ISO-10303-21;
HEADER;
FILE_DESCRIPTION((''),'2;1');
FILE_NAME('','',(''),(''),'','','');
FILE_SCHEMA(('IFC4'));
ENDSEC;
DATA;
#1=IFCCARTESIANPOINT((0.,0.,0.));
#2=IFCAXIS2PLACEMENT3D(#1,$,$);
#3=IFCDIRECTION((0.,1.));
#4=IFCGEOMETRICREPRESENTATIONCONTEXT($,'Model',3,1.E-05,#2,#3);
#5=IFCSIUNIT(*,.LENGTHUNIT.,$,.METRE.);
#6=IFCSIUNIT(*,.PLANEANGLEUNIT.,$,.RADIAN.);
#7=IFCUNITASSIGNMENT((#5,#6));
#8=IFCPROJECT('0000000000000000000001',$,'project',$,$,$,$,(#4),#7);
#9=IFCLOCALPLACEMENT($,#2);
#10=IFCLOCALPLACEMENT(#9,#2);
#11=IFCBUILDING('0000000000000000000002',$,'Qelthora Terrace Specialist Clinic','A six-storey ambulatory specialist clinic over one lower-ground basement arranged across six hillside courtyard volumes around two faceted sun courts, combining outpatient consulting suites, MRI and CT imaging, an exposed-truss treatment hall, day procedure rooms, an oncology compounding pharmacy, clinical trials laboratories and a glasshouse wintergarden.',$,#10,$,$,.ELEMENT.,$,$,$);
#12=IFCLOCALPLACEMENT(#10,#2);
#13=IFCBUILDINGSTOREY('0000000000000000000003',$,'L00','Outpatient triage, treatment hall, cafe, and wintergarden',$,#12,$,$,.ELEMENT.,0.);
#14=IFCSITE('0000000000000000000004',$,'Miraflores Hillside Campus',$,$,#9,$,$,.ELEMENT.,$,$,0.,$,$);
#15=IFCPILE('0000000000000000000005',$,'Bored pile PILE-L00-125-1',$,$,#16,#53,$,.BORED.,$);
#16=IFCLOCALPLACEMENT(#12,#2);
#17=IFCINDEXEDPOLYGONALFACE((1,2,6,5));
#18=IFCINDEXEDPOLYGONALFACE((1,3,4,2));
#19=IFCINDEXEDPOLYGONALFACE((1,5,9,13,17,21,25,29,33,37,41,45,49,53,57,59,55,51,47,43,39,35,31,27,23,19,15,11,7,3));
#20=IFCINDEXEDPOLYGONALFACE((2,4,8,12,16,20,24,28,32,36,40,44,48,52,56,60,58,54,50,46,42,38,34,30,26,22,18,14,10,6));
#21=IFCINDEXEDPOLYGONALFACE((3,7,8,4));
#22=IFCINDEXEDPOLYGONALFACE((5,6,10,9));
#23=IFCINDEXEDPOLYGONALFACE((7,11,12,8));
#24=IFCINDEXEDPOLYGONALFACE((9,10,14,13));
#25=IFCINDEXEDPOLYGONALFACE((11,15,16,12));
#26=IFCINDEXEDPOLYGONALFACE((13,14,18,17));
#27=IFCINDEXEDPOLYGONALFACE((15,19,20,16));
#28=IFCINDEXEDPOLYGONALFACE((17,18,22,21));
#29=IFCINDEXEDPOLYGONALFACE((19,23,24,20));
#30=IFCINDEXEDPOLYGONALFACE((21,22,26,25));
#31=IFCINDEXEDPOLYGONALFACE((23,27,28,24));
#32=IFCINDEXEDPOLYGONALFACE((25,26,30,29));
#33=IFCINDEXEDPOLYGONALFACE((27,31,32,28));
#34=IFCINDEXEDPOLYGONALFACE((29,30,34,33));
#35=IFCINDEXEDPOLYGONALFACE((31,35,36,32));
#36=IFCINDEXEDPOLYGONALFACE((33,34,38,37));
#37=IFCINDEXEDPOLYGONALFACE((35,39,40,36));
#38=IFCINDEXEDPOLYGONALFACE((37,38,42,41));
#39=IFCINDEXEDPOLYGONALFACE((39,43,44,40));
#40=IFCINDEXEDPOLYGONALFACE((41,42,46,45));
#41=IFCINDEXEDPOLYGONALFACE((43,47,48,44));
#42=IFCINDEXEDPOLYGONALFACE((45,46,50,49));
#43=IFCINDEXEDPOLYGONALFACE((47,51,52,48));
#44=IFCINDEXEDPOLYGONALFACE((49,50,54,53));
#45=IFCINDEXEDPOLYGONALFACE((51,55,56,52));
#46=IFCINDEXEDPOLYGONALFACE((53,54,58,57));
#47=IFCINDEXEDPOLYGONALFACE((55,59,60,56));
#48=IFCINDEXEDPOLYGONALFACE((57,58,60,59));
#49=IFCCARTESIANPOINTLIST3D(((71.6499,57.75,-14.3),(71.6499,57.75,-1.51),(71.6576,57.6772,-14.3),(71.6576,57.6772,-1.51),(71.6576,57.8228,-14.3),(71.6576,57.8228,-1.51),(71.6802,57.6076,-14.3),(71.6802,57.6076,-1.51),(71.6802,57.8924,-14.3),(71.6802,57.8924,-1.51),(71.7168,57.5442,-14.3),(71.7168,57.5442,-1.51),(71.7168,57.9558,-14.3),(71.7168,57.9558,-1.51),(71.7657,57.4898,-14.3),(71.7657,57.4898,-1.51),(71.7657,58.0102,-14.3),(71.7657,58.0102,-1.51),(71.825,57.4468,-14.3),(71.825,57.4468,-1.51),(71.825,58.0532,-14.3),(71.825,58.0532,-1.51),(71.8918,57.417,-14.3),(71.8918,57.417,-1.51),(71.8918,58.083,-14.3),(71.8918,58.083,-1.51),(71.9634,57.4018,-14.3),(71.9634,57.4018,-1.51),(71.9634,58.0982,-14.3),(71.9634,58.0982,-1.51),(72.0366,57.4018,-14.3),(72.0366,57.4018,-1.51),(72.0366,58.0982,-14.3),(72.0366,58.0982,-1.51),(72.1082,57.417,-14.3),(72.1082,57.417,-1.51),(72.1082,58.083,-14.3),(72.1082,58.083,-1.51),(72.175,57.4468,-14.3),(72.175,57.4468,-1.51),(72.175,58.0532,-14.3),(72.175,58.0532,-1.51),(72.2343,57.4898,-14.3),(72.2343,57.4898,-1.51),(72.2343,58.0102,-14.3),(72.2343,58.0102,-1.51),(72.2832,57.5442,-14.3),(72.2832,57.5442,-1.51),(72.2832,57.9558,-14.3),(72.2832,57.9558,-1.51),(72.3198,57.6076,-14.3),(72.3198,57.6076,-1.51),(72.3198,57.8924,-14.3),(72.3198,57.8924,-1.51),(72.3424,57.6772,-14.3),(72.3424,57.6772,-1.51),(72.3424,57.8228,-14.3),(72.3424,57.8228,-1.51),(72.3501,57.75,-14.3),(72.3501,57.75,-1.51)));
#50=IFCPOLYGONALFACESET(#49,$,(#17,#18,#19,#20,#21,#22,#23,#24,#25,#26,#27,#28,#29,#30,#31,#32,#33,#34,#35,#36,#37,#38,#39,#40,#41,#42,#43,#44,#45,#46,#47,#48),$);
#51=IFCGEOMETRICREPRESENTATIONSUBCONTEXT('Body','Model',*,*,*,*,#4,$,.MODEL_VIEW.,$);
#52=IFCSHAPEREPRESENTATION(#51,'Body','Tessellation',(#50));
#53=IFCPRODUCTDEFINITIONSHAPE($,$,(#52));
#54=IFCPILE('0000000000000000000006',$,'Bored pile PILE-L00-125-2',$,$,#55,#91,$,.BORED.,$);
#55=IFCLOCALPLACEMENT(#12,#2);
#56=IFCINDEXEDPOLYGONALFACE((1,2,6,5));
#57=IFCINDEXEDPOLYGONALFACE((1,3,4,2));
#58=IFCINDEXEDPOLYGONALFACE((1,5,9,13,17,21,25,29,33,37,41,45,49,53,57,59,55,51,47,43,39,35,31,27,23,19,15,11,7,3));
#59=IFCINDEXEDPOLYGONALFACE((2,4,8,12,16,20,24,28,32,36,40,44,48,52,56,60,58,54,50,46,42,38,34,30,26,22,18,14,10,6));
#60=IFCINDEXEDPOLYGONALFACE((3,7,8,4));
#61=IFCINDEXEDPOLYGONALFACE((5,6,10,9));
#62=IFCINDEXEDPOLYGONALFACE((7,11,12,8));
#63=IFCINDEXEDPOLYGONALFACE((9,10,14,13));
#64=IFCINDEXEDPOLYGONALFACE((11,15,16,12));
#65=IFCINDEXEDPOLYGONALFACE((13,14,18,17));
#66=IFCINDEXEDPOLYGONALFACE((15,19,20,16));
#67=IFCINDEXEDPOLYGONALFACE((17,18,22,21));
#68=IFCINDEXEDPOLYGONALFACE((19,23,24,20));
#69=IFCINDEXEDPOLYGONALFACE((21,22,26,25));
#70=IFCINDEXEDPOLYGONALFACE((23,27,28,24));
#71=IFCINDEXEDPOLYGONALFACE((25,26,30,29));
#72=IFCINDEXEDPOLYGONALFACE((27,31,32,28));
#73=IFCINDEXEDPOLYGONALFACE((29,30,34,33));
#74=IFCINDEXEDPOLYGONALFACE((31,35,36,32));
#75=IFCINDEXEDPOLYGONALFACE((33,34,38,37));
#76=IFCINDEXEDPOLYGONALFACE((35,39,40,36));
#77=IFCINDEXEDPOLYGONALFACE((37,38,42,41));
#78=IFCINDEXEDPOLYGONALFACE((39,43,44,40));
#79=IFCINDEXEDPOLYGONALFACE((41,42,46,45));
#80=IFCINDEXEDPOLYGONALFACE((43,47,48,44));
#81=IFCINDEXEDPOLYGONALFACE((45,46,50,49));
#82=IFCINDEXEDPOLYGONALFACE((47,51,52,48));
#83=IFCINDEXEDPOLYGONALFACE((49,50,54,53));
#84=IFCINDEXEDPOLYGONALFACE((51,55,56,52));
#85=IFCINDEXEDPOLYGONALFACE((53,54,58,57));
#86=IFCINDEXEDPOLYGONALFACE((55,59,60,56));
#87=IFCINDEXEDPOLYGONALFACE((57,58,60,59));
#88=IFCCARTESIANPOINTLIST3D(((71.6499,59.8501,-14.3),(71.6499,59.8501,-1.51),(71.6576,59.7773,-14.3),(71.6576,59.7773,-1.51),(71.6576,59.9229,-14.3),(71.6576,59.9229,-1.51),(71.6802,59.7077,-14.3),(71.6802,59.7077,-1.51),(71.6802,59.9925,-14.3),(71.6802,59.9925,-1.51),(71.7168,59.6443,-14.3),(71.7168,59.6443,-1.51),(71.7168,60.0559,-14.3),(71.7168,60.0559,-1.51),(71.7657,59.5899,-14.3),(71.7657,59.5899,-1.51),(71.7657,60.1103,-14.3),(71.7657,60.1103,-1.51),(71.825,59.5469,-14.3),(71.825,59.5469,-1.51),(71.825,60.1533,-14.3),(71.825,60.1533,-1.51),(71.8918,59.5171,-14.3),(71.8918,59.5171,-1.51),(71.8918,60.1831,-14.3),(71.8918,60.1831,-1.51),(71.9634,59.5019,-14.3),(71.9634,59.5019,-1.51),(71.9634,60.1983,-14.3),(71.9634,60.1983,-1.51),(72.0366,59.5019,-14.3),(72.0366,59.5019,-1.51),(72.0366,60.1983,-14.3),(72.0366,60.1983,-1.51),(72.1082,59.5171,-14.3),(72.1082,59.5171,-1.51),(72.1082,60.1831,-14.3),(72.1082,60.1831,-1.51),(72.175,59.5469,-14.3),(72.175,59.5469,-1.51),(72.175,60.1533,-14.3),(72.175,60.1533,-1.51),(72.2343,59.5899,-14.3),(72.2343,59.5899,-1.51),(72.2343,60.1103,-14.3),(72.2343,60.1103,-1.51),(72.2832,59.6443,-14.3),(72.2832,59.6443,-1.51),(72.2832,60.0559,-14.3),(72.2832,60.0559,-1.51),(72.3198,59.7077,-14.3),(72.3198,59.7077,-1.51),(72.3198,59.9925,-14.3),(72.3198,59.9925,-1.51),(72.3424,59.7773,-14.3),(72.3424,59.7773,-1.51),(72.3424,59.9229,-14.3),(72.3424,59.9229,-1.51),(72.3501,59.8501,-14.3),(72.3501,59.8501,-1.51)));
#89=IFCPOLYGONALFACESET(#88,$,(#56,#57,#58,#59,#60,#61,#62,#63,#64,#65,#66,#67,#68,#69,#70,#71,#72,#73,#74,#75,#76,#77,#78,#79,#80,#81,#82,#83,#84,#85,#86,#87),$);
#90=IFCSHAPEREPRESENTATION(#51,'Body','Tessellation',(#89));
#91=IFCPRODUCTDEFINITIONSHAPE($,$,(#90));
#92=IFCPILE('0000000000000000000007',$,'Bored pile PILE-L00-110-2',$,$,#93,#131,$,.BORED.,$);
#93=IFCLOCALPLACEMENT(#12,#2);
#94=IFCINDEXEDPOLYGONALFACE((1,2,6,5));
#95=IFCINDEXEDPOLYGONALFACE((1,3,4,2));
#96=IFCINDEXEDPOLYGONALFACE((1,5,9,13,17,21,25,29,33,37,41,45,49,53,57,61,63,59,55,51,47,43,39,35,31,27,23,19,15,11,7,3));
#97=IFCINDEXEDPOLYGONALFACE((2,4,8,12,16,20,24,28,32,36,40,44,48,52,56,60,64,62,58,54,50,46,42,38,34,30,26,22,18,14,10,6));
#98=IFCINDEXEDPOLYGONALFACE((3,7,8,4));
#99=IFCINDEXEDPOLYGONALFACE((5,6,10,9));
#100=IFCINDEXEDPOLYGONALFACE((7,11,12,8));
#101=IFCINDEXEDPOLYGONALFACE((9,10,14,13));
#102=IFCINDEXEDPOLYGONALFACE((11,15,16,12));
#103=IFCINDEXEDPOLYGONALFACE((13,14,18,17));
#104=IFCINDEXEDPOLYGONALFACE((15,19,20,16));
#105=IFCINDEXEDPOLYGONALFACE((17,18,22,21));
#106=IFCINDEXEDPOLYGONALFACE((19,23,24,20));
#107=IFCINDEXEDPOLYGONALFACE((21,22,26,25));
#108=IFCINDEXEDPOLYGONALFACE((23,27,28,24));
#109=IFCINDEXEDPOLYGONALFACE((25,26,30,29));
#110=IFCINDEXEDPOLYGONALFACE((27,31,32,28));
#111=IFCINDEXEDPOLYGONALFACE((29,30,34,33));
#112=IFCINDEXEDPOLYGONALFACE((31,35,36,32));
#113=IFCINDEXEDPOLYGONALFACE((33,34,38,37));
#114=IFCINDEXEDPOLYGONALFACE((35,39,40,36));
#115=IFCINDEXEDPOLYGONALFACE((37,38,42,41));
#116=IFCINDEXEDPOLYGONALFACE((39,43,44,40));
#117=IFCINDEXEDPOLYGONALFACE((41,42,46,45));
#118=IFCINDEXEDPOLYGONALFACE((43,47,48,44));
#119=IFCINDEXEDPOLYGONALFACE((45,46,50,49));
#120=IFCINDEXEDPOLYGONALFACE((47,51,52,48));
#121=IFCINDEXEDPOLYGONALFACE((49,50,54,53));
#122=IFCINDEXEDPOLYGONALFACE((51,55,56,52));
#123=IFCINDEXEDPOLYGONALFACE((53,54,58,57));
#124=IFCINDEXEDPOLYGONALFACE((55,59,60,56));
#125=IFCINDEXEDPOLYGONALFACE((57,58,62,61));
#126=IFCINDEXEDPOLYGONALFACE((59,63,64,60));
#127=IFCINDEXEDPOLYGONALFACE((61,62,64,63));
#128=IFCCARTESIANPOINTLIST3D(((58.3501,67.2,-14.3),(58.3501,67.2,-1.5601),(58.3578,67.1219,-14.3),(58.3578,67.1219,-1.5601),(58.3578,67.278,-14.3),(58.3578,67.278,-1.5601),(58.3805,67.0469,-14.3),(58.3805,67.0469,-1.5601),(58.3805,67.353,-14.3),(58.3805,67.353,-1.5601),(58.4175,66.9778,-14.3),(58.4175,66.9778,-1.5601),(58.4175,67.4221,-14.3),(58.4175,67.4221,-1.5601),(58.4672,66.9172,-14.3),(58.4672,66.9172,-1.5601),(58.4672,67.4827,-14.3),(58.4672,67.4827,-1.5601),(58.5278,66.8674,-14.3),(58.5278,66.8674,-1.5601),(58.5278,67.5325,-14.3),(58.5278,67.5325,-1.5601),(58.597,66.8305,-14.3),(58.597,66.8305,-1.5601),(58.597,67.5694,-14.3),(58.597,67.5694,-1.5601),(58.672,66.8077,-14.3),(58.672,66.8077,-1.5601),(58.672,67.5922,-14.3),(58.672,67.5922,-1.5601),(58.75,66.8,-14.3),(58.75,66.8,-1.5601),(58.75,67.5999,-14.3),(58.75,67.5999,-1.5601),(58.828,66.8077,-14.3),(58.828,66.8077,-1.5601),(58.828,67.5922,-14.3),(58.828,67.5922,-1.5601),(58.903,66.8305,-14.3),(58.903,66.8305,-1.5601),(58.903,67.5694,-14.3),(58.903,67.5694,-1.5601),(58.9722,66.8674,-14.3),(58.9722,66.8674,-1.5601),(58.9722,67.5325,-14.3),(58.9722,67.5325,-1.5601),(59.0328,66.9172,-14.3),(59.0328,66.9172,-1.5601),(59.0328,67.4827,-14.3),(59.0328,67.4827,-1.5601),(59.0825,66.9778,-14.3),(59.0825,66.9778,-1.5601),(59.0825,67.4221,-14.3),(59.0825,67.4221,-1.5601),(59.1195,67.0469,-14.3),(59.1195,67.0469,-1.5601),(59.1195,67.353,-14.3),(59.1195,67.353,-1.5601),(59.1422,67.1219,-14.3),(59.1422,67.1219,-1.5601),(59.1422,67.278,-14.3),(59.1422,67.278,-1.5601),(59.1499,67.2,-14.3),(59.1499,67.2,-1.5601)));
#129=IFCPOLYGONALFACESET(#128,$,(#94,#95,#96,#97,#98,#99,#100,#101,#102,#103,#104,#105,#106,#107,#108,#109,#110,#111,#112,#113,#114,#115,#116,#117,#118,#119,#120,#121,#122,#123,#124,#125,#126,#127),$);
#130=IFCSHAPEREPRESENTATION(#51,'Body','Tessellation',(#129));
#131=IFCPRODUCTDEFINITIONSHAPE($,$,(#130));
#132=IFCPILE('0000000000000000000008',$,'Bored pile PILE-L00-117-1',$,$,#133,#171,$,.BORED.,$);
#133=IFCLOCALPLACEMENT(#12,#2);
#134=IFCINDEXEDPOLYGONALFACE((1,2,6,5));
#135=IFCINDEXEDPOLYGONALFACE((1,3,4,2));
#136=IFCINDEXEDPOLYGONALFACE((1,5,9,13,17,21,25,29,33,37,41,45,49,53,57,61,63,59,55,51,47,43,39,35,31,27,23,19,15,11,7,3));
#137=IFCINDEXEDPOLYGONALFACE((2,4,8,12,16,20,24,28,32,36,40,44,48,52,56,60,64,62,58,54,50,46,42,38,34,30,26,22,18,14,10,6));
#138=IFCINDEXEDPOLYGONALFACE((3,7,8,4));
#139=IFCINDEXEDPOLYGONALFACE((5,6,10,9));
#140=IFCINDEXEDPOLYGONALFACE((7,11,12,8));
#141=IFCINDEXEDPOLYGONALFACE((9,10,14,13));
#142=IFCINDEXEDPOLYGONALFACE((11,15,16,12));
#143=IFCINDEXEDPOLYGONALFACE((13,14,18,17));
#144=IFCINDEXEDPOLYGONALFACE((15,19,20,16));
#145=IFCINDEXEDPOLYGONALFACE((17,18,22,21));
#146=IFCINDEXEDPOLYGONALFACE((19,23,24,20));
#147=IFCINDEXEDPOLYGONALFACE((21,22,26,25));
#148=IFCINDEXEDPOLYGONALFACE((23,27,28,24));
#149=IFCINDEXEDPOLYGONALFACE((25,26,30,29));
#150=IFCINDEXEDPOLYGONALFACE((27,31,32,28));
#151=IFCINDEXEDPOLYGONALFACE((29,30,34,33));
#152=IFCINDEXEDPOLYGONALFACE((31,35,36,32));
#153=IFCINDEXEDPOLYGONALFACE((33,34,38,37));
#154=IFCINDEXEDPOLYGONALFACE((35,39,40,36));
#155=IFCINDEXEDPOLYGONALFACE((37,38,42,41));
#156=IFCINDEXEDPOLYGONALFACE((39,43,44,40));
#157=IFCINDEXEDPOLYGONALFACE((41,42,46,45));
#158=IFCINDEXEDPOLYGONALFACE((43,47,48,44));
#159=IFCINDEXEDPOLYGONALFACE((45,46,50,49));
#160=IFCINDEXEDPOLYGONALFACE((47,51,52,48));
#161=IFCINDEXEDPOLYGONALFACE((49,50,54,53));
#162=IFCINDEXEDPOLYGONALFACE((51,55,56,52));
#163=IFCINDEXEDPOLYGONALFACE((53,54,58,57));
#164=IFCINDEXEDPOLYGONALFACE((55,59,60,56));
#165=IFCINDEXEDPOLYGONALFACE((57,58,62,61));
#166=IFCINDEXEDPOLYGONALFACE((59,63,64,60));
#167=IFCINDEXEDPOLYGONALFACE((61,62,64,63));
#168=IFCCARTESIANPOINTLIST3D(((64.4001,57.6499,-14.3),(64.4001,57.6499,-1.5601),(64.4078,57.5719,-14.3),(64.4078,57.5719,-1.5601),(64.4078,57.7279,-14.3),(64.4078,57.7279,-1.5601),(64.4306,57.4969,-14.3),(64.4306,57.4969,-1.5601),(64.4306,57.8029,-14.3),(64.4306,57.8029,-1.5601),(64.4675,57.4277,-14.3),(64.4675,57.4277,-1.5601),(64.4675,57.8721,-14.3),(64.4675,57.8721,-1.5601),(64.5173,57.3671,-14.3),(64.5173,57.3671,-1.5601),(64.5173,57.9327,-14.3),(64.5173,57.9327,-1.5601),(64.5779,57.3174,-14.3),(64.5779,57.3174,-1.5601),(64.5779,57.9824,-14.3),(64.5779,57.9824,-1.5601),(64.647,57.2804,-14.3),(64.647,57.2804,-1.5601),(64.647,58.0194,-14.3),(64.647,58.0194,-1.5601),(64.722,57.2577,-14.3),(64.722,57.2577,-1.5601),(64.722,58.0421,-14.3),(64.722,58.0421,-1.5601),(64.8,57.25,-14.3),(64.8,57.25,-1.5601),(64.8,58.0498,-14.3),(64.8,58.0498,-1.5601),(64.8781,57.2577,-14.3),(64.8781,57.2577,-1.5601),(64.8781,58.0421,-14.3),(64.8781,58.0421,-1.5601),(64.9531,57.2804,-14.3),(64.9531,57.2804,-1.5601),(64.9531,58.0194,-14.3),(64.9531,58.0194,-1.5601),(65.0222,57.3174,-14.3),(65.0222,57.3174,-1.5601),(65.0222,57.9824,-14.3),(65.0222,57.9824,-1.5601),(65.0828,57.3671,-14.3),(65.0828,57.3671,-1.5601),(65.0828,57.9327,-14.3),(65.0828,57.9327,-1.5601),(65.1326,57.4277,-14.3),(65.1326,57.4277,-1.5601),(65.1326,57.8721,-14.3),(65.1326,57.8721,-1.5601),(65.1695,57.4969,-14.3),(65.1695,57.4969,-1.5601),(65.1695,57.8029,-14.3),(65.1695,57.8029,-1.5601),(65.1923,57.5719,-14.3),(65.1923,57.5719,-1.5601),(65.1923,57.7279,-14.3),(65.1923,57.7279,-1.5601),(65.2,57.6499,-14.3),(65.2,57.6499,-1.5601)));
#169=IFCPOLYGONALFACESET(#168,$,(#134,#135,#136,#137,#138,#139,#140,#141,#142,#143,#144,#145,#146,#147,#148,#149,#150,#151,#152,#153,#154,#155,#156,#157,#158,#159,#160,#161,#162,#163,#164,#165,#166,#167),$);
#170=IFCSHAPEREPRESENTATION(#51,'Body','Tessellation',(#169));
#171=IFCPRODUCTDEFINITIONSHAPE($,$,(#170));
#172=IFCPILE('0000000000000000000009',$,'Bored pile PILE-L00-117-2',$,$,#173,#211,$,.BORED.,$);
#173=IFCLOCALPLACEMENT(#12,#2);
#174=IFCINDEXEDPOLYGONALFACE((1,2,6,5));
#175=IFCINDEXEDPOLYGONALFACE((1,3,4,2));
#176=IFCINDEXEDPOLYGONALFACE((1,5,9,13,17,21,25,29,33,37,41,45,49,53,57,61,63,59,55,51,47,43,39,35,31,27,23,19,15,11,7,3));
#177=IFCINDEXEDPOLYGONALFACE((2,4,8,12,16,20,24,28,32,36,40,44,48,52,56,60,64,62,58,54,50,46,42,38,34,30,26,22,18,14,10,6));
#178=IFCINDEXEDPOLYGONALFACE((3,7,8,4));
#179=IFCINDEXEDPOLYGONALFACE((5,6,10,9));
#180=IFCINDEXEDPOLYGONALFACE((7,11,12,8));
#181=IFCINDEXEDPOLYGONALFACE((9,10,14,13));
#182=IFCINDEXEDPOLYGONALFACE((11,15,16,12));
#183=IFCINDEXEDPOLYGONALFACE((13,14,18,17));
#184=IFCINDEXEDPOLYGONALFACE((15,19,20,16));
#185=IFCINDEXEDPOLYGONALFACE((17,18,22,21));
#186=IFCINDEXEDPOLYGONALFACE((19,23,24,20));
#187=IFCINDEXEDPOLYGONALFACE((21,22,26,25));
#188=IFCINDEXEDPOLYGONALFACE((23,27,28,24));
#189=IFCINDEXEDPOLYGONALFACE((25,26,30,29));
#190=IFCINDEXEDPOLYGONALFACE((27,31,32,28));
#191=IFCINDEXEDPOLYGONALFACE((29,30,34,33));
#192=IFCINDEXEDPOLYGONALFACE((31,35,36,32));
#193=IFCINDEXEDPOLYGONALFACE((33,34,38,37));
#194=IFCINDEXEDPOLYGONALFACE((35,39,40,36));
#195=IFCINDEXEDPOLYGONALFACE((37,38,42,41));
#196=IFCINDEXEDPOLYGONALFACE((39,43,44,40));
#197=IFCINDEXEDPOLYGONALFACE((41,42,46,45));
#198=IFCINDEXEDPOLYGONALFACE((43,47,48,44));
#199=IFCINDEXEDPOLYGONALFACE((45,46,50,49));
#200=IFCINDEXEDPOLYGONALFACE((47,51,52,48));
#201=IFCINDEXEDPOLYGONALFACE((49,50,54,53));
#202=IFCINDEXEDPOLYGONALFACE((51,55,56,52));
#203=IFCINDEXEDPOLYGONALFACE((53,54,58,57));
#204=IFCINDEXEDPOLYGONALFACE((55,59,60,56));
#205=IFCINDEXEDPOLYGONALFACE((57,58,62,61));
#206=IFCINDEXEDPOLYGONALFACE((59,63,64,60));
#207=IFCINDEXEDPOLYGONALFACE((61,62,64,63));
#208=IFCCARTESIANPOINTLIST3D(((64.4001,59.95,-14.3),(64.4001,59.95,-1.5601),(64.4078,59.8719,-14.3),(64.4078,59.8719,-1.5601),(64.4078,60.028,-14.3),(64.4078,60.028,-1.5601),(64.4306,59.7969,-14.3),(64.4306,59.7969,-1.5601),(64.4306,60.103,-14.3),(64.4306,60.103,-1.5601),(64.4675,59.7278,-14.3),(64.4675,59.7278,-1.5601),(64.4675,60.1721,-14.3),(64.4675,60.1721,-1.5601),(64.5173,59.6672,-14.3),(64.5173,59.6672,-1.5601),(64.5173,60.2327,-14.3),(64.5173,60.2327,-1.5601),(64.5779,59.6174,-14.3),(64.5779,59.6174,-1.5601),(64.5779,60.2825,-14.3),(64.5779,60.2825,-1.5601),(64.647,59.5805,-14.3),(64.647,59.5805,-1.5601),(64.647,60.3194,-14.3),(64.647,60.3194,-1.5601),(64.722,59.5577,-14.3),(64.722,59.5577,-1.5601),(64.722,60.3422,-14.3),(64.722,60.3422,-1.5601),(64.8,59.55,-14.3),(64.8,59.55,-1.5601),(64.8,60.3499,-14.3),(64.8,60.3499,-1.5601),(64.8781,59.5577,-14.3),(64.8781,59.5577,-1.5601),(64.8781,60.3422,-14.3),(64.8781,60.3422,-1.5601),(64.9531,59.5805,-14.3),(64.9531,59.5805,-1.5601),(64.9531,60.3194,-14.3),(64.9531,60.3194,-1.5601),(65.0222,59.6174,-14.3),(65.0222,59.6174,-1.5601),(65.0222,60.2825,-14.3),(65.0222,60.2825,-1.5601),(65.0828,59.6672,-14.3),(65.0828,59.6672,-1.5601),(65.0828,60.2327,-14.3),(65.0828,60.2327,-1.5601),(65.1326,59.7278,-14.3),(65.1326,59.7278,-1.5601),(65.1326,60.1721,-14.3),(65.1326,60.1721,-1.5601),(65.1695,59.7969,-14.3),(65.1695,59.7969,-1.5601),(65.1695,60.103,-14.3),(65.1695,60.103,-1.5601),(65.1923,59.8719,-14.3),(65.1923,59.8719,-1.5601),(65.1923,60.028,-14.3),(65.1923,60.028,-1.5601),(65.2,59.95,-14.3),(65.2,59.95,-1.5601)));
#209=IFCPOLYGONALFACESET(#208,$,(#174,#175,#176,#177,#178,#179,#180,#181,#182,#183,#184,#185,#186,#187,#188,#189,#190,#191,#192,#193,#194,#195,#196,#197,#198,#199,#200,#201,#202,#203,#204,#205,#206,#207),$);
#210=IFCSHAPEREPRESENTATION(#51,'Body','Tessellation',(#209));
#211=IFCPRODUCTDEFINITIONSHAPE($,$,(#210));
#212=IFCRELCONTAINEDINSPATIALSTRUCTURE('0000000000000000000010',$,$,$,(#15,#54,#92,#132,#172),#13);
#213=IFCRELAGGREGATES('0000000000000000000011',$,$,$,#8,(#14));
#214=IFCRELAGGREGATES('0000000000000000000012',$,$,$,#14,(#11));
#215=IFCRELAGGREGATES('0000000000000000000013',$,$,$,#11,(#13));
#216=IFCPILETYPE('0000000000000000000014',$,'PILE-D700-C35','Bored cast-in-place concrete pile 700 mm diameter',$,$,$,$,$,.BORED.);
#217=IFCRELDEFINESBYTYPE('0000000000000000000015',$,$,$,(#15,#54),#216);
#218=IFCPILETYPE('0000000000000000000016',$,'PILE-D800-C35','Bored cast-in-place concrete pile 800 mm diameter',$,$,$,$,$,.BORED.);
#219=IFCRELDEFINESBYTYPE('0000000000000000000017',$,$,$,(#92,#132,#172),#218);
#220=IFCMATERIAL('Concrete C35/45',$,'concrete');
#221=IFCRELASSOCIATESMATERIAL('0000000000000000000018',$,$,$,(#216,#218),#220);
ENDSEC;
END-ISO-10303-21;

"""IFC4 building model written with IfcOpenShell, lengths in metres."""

from ifc_helpers import new_model, si_unit, direction, frame, origin, origin_2d, place, context, subcontext, project, spatial, circle, extrude, material, material_profile, profile_set, type_object, element, save


model = new_model("IFC4")

# Units and contexts
model_context = context("Model", 3, precision=1e-05, world=origin(), true_north=direction((0.0, 1.0)))
body_context = subcontext(model_context, "Body", "Model", "MODEL_VIEW")
ifc_project = project(units=[si_unit("LENGTHUNIT", "METRE"), si_unit("PLANEANGLEUNIT", "RADIAN")], contexts=[model_context])

# Site, building, storey
site_placement = place(None, origin())
site = spatial("IfcSite", under=ifc_project, at=site_placement, Name="Miraflores Hillside Campus", CompositionType="ELEMENT", RefElevation=0.0)
building_placement = place(site_placement, origin())
building = spatial("IfcBuilding", under=site, at=building_placement, Name="Qelthora Terrace Specialist Clinic", Description="A six-storey ambulatory specialist clinic over one lower-ground basement arranged across six hillside courtyard volumes around two faceted sun courts, combining outpatient consulting suites, MRI and CT imaging, an exposed-truss treatment hall, day procedure rooms, an oncology compounding pharmacy, clinical trials laboratories and a glasshouse wintergarden.", CompositionType="ELEMENT")
storey_placement = place(building_placement, origin())
storey = spatial("IfcBuildingStorey", under=building, at=storey_placement, Name="L00", Description="Outpatient triage, treatment hall, cafe, and wintergarden", CompositionType="ELEMENT", Elevation=0.0)

# Shared definitions
ifc_material_1 = material(Name="Concrete C35/45", Category="concrete")

# Piles
ifc_material_profile_1 = material_profile(ifc_material_1, circle(Radius=0.3501, at=origin_2d()), Name="PILE700")
ifc_profile_set_1 = profile_set([ifc_material_profile_1], Name="Concrete C35/45")
pile_type_1 = type_object("IfcPileType", Name="PILE-D700-C35", Description="Bored cast-in-place concrete pile 700 mm diameter", PredefinedType="BORED", material=ifc_profile_set_1)
for number, where, z_axis, x_axis, name in (
    (1, (72.0, 57.75, -1.51), (0.0, 0.0, -1.0), (1.0, 0.0, 0.0), "Bored pile PILE-L00-125-1"),
    (2, (72.0, 59.8501, -1.51), (0.0, 0.0, -1.0), (1.0, 0.0, 0.0), "Bored pile PILE-L00-125-2"),
):
    element("IfcPile", number, at=place(storey_placement, frame(where, z_axis=z_axis, x_axis=x_axis)), inside=storey, type_object=pile_type_1, Name=name, PredefinedType="BORED", context=body_context, shape_type="SweptSolid", body=[
        extrude(circle(Radius=0.3501, at=origin_2d()), origin(), (0.0, 0.0, 1.0), 12.79),
    ])
ifc_material_profile_2 = material_profile(ifc_material_1, circle(Radius=0.3999, at=origin_2d()), Name="PILE800")
ifc_profile_set_2 = profile_set([ifc_material_profile_2], Name="Concrete C35/45")
pile_type_2 = type_object("IfcPileType", Name="PILE-D800-C35", Description="Bored cast-in-place concrete pile 800 mm diameter", PredefinedType="BORED", material=ifc_profile_set_2)
for number, where, z_axis, x_axis, name in (
    (3, (58.75, 67.2, -1.5601), (0.0, 0.0, -1.0), (1.0, 0.0, 0.0), "Bored pile PILE-L00-110-2"),
    (4, (64.8, 57.6499, -1.5601), (0.0, 0.0, -1.0), (1.0, 0.0, 0.0), "Bored pile PILE-L00-117-1"),
    (5, (64.8, 59.95, -1.5601), (0.0, 0.0, -1.0), (1.0, 0.0, 0.0), "Bored pile PILE-L00-117-2"),
):
    element("IfcPile", number, at=place(storey_placement, frame(where, z_axis=z_axis, x_axis=x_axis)), inside=storey, type_object=pile_type_2, Name=name, PredefinedType="BORED", context=body_context, shape_type="SweptSolid", body=[
        extrude(circle(Radius=0.3999, at=origin_2d()), origin(), (0.0, 0.0, 1.0), 12.74),
    ])

save(model, "model.ifc")
